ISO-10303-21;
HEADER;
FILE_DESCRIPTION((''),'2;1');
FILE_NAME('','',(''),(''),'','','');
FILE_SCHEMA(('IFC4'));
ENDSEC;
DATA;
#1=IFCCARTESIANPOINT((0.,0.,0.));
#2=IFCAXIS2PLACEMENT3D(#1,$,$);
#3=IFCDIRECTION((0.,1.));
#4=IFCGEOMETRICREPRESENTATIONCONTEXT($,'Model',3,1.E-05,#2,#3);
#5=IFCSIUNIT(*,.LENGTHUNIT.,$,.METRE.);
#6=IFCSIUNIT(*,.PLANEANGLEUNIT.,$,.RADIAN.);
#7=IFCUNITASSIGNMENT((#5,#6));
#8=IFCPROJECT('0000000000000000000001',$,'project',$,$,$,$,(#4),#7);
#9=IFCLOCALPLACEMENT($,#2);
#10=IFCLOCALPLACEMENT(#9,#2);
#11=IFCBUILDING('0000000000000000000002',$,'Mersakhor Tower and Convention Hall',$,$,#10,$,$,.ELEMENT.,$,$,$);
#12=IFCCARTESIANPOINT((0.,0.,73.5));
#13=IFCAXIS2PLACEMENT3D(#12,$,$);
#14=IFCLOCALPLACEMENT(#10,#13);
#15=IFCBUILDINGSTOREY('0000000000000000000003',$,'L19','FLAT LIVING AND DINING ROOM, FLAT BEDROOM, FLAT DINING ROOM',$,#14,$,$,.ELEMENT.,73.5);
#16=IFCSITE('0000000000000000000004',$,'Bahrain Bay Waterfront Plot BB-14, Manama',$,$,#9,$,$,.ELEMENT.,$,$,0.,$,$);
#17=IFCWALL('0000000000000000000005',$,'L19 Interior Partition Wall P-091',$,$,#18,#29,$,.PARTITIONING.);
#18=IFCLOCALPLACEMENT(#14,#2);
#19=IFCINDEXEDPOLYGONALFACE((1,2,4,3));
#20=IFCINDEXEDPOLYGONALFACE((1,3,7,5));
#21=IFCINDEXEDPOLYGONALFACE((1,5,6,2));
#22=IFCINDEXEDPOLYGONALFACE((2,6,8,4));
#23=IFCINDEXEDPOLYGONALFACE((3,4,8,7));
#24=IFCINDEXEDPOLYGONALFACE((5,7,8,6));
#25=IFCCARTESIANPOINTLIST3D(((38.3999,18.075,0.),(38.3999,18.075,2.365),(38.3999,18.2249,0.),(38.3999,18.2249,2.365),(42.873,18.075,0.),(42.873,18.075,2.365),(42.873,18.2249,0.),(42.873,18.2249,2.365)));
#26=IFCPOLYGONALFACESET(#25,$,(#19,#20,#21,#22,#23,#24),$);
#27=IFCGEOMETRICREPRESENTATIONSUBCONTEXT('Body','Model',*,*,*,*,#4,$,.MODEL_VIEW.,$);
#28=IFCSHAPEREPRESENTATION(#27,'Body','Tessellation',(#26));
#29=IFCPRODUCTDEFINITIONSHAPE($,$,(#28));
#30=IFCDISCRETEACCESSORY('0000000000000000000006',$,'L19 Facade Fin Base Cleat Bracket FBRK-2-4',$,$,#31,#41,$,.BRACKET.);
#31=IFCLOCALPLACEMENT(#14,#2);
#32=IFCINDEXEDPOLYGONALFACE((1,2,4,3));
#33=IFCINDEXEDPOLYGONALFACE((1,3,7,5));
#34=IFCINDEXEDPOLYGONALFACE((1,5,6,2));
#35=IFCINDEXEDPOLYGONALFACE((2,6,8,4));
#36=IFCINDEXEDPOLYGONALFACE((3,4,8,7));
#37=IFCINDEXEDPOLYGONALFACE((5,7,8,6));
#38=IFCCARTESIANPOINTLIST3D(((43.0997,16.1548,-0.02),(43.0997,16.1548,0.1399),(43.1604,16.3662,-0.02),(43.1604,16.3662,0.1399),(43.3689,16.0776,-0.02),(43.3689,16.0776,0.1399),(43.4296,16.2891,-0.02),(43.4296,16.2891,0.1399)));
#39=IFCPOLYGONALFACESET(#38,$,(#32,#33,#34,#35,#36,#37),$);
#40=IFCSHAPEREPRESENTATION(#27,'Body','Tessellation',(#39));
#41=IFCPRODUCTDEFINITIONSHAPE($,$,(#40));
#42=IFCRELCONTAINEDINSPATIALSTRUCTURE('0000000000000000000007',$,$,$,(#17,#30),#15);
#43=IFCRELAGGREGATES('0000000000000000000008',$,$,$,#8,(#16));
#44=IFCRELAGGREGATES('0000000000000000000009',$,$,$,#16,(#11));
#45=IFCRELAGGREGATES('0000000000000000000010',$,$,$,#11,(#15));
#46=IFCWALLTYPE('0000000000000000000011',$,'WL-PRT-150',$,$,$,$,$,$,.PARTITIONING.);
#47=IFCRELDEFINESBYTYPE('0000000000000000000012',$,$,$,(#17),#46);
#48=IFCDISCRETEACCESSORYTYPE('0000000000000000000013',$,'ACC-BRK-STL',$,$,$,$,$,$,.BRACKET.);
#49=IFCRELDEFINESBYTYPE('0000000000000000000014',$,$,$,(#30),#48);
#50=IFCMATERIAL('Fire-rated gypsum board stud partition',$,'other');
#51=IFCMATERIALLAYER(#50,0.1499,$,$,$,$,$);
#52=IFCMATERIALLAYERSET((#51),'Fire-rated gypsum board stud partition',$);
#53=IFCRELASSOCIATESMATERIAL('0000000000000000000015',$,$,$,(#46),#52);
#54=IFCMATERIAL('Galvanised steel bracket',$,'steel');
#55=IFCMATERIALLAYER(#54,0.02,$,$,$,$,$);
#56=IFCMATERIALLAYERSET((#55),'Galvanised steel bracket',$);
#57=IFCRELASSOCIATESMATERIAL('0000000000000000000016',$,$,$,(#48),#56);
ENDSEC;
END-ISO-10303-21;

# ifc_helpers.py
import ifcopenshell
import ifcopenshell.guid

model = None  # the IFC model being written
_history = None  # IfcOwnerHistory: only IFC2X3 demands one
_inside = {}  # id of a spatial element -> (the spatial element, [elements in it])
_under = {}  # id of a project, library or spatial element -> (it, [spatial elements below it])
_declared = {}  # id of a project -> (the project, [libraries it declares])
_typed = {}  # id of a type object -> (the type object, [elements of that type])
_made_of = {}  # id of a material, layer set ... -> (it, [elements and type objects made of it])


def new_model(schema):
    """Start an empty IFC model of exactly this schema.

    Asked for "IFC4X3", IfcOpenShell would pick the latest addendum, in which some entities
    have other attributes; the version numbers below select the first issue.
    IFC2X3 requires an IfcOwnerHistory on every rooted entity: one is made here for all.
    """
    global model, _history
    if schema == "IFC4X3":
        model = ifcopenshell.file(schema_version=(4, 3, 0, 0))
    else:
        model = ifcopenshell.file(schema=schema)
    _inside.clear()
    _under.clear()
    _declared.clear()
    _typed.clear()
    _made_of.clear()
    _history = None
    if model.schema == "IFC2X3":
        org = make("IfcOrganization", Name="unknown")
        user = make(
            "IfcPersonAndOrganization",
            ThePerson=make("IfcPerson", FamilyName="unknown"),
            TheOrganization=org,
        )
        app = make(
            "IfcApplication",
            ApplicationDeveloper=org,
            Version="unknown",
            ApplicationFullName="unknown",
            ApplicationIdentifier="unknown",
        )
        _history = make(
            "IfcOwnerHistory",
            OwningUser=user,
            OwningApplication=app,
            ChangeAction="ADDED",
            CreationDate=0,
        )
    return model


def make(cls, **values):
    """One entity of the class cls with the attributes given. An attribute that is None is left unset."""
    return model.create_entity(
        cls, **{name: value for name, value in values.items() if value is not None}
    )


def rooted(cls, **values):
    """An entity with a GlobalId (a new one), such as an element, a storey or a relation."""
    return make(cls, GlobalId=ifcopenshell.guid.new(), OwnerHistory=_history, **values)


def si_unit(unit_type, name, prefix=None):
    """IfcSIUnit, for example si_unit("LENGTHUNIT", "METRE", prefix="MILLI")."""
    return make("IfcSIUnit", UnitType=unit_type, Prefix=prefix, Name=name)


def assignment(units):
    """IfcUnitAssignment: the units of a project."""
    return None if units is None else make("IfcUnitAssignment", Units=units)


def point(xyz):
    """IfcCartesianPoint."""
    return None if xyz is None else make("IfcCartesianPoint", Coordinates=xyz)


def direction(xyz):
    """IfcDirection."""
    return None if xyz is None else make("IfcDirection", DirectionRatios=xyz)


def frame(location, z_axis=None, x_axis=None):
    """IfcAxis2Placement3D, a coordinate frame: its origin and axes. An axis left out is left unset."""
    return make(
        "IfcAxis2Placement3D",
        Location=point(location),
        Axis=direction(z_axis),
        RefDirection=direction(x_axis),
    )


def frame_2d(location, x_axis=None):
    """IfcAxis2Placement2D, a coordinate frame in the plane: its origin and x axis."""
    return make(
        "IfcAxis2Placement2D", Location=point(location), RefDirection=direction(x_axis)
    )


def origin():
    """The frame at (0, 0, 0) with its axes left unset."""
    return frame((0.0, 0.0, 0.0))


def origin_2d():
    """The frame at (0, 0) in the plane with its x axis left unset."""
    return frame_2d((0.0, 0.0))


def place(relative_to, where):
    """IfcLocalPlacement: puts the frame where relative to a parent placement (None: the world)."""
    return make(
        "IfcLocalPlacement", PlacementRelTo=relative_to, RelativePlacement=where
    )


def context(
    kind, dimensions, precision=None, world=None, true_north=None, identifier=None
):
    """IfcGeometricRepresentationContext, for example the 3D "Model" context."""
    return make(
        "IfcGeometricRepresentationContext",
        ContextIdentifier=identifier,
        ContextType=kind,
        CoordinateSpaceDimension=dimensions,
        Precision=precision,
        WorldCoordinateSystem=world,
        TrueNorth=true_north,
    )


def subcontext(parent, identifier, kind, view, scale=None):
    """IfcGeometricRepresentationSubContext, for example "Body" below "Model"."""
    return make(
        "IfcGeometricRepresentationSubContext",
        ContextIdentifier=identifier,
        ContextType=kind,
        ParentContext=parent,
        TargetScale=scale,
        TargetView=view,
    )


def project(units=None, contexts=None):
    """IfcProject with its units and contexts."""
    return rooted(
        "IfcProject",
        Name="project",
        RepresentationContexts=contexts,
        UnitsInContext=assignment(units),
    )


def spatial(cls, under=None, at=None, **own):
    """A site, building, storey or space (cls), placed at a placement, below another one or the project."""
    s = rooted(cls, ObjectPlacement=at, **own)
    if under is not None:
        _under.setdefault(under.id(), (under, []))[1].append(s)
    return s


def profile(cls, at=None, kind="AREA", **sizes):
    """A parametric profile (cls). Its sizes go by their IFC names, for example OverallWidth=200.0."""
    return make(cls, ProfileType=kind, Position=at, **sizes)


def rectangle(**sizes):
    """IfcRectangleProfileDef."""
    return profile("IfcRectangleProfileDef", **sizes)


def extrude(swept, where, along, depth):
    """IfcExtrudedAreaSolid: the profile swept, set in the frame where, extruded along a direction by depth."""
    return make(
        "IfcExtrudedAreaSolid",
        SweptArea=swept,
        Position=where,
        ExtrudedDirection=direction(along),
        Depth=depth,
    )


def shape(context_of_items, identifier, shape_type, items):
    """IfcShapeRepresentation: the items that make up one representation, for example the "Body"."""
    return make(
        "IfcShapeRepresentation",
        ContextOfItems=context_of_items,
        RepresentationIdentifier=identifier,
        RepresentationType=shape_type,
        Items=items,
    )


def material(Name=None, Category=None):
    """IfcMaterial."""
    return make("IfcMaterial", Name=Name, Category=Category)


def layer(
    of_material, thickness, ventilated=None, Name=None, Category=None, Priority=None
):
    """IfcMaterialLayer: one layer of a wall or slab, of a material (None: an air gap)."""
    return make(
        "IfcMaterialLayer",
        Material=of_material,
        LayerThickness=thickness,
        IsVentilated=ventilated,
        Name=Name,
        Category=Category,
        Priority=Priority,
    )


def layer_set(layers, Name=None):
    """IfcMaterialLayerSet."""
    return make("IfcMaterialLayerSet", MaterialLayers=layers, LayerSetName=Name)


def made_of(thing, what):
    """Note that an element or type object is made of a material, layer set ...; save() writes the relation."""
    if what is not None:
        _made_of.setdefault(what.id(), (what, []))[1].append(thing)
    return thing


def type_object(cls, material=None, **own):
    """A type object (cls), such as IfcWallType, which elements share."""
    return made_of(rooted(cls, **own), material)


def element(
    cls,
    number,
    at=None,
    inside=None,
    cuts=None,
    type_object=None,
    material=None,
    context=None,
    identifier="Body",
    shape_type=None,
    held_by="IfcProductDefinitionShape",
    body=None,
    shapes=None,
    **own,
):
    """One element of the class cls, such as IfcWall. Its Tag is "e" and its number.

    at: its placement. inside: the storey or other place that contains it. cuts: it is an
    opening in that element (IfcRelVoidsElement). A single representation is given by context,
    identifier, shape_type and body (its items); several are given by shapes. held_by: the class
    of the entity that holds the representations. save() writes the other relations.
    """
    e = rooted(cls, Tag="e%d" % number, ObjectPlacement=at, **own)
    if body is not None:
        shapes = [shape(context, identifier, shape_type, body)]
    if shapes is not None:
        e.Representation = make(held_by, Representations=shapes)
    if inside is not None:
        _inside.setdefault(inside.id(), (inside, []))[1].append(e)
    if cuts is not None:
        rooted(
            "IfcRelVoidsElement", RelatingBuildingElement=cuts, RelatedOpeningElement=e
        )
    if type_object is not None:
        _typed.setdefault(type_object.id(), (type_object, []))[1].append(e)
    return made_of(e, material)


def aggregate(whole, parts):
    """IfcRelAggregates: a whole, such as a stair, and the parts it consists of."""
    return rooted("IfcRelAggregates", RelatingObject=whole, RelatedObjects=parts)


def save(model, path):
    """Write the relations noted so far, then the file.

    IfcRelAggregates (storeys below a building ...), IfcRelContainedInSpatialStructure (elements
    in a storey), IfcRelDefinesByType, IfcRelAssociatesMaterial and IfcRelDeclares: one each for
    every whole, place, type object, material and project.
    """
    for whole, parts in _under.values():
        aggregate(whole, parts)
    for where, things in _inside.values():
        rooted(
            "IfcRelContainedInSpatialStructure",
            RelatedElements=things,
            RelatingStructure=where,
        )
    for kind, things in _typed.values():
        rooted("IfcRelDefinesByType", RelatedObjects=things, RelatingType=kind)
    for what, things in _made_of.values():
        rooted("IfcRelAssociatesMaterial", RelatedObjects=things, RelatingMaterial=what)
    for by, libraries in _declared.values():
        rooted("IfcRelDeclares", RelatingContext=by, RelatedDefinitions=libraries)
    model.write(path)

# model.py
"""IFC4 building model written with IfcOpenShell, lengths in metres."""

from ifc_helpers import new_model, si_unit, direction, frame, frame_2d, origin, origin_2d, place, context, subcontext, project, spatial, rectangle, extrude, material, layer, layer_set, type_object, element, save


model = new_model("IFC4")

# Units and contexts
model_context = context("Model", 3, precision=1e-05, world=origin(), true_north=direction((0.0, 1.0)))
body_context = subcontext(model_context, "Body", "Model", "MODEL_VIEW")
ifc_project = project(units=[si_unit("LENGTHUNIT", "METRE"), si_unit("PLANEANGLEUNIT", "RADIAN")], contexts=[model_context])

# Site, building, storey
site_placement = place(None, origin())
site = spatial("IfcSite", under=ifc_project, at=site_placement, Name="Bahrain Bay Waterfront Plot BB-14, Manama", CompositionType="ELEMENT", RefElevation=0.0)
building_placement = place(site_placement, origin())
building = spatial("IfcBuilding", under=site, at=building_placement, Name="Mersakhor Tower and Convention Hall", CompositionType="ELEMENT")
storey_placement = place(building_placement, frame((0.0, 0.0, 73.5)))
storey = spatial("IfcBuildingStorey", under=building, at=storey_placement, Name="L19", Description="FLAT LIVING AND DINING ROOM, FLAT BEDROOM, FLAT DINING ROOM", CompositionType="ELEMENT", Elevation=73.5)

# Shared definitions
ifc_material_1 = material(Name="Fire-rated gypsum board stud partition", Category="other")
ifc_layer_1 = layer(ifc_material_1, 0.1499)
ifc_layer_set_1 = layer_set([ifc_layer_1], Name="Fire-rated gypsum board stud partition")
wall_type_1 = type_object("IfcWallType", Name="WL-PRT-150", PredefinedType="PARTITIONING", material=ifc_layer_set_1)

# Wall
wall_1_placement = place(storey_placement, frame((38.3999, 18.1499, 0.0), z_axis=(0.0, 0.0, 1.0), x_axis=(1.0, 0.0, 0.0)))
element("IfcWall", 1, at=wall_1_placement, inside=storey, type_object=wall_type_1, Name="L19 Interior Partition Wall P-091", PredefinedType="PARTITIONING", context=body_context, shape_type="SweptSolid", body=[
    extrude(rectangle(XDim=4.4731, YDim=0.1499, at=frame_2d((2.2366, 0.0))), origin(), (0.0, 0.0, 1.0), 2.365),
])

# Discrete accessory
ifc_material_2 = material(Name="Galvanised steel bracket", Category="steel")
ifc_layer_2 = layer(ifc_material_2, 0.02)
ifc_layer_set_2 = layer_set([ifc_layer_2], Name="Galvanised steel bracket")
discrete_accessory_type = type_object("IfcDiscreteAccessoryType", Name="ACC-BRK-STL", PredefinedType="BRACKET", material=ifc_layer_set_2)
discrete_accessory_placement = place(storey_placement, frame((43.2646, 16.2219, -0.02), z_axis=(0.0, 0.0, 1.0), x_axis=(0.961262, -0.275637, 0.0)))
element("IfcDiscreteAccessory", 2, at=discrete_accessory_placement, inside=storey, type_object=discrete_accessory_type, Name="L19 Facade Fin Base Cleat Bracket FBRK-2-4", PredefinedType="BRACKET", context=body_context, shape_type="SweptSolid", body=[
    extrude(rectangle(XDim=0.28, YDim=0.22, at=origin_2d()), origin(), (0.0, 0.0, 1.0), 0.1599),
])

save(model, "model.ifc")
